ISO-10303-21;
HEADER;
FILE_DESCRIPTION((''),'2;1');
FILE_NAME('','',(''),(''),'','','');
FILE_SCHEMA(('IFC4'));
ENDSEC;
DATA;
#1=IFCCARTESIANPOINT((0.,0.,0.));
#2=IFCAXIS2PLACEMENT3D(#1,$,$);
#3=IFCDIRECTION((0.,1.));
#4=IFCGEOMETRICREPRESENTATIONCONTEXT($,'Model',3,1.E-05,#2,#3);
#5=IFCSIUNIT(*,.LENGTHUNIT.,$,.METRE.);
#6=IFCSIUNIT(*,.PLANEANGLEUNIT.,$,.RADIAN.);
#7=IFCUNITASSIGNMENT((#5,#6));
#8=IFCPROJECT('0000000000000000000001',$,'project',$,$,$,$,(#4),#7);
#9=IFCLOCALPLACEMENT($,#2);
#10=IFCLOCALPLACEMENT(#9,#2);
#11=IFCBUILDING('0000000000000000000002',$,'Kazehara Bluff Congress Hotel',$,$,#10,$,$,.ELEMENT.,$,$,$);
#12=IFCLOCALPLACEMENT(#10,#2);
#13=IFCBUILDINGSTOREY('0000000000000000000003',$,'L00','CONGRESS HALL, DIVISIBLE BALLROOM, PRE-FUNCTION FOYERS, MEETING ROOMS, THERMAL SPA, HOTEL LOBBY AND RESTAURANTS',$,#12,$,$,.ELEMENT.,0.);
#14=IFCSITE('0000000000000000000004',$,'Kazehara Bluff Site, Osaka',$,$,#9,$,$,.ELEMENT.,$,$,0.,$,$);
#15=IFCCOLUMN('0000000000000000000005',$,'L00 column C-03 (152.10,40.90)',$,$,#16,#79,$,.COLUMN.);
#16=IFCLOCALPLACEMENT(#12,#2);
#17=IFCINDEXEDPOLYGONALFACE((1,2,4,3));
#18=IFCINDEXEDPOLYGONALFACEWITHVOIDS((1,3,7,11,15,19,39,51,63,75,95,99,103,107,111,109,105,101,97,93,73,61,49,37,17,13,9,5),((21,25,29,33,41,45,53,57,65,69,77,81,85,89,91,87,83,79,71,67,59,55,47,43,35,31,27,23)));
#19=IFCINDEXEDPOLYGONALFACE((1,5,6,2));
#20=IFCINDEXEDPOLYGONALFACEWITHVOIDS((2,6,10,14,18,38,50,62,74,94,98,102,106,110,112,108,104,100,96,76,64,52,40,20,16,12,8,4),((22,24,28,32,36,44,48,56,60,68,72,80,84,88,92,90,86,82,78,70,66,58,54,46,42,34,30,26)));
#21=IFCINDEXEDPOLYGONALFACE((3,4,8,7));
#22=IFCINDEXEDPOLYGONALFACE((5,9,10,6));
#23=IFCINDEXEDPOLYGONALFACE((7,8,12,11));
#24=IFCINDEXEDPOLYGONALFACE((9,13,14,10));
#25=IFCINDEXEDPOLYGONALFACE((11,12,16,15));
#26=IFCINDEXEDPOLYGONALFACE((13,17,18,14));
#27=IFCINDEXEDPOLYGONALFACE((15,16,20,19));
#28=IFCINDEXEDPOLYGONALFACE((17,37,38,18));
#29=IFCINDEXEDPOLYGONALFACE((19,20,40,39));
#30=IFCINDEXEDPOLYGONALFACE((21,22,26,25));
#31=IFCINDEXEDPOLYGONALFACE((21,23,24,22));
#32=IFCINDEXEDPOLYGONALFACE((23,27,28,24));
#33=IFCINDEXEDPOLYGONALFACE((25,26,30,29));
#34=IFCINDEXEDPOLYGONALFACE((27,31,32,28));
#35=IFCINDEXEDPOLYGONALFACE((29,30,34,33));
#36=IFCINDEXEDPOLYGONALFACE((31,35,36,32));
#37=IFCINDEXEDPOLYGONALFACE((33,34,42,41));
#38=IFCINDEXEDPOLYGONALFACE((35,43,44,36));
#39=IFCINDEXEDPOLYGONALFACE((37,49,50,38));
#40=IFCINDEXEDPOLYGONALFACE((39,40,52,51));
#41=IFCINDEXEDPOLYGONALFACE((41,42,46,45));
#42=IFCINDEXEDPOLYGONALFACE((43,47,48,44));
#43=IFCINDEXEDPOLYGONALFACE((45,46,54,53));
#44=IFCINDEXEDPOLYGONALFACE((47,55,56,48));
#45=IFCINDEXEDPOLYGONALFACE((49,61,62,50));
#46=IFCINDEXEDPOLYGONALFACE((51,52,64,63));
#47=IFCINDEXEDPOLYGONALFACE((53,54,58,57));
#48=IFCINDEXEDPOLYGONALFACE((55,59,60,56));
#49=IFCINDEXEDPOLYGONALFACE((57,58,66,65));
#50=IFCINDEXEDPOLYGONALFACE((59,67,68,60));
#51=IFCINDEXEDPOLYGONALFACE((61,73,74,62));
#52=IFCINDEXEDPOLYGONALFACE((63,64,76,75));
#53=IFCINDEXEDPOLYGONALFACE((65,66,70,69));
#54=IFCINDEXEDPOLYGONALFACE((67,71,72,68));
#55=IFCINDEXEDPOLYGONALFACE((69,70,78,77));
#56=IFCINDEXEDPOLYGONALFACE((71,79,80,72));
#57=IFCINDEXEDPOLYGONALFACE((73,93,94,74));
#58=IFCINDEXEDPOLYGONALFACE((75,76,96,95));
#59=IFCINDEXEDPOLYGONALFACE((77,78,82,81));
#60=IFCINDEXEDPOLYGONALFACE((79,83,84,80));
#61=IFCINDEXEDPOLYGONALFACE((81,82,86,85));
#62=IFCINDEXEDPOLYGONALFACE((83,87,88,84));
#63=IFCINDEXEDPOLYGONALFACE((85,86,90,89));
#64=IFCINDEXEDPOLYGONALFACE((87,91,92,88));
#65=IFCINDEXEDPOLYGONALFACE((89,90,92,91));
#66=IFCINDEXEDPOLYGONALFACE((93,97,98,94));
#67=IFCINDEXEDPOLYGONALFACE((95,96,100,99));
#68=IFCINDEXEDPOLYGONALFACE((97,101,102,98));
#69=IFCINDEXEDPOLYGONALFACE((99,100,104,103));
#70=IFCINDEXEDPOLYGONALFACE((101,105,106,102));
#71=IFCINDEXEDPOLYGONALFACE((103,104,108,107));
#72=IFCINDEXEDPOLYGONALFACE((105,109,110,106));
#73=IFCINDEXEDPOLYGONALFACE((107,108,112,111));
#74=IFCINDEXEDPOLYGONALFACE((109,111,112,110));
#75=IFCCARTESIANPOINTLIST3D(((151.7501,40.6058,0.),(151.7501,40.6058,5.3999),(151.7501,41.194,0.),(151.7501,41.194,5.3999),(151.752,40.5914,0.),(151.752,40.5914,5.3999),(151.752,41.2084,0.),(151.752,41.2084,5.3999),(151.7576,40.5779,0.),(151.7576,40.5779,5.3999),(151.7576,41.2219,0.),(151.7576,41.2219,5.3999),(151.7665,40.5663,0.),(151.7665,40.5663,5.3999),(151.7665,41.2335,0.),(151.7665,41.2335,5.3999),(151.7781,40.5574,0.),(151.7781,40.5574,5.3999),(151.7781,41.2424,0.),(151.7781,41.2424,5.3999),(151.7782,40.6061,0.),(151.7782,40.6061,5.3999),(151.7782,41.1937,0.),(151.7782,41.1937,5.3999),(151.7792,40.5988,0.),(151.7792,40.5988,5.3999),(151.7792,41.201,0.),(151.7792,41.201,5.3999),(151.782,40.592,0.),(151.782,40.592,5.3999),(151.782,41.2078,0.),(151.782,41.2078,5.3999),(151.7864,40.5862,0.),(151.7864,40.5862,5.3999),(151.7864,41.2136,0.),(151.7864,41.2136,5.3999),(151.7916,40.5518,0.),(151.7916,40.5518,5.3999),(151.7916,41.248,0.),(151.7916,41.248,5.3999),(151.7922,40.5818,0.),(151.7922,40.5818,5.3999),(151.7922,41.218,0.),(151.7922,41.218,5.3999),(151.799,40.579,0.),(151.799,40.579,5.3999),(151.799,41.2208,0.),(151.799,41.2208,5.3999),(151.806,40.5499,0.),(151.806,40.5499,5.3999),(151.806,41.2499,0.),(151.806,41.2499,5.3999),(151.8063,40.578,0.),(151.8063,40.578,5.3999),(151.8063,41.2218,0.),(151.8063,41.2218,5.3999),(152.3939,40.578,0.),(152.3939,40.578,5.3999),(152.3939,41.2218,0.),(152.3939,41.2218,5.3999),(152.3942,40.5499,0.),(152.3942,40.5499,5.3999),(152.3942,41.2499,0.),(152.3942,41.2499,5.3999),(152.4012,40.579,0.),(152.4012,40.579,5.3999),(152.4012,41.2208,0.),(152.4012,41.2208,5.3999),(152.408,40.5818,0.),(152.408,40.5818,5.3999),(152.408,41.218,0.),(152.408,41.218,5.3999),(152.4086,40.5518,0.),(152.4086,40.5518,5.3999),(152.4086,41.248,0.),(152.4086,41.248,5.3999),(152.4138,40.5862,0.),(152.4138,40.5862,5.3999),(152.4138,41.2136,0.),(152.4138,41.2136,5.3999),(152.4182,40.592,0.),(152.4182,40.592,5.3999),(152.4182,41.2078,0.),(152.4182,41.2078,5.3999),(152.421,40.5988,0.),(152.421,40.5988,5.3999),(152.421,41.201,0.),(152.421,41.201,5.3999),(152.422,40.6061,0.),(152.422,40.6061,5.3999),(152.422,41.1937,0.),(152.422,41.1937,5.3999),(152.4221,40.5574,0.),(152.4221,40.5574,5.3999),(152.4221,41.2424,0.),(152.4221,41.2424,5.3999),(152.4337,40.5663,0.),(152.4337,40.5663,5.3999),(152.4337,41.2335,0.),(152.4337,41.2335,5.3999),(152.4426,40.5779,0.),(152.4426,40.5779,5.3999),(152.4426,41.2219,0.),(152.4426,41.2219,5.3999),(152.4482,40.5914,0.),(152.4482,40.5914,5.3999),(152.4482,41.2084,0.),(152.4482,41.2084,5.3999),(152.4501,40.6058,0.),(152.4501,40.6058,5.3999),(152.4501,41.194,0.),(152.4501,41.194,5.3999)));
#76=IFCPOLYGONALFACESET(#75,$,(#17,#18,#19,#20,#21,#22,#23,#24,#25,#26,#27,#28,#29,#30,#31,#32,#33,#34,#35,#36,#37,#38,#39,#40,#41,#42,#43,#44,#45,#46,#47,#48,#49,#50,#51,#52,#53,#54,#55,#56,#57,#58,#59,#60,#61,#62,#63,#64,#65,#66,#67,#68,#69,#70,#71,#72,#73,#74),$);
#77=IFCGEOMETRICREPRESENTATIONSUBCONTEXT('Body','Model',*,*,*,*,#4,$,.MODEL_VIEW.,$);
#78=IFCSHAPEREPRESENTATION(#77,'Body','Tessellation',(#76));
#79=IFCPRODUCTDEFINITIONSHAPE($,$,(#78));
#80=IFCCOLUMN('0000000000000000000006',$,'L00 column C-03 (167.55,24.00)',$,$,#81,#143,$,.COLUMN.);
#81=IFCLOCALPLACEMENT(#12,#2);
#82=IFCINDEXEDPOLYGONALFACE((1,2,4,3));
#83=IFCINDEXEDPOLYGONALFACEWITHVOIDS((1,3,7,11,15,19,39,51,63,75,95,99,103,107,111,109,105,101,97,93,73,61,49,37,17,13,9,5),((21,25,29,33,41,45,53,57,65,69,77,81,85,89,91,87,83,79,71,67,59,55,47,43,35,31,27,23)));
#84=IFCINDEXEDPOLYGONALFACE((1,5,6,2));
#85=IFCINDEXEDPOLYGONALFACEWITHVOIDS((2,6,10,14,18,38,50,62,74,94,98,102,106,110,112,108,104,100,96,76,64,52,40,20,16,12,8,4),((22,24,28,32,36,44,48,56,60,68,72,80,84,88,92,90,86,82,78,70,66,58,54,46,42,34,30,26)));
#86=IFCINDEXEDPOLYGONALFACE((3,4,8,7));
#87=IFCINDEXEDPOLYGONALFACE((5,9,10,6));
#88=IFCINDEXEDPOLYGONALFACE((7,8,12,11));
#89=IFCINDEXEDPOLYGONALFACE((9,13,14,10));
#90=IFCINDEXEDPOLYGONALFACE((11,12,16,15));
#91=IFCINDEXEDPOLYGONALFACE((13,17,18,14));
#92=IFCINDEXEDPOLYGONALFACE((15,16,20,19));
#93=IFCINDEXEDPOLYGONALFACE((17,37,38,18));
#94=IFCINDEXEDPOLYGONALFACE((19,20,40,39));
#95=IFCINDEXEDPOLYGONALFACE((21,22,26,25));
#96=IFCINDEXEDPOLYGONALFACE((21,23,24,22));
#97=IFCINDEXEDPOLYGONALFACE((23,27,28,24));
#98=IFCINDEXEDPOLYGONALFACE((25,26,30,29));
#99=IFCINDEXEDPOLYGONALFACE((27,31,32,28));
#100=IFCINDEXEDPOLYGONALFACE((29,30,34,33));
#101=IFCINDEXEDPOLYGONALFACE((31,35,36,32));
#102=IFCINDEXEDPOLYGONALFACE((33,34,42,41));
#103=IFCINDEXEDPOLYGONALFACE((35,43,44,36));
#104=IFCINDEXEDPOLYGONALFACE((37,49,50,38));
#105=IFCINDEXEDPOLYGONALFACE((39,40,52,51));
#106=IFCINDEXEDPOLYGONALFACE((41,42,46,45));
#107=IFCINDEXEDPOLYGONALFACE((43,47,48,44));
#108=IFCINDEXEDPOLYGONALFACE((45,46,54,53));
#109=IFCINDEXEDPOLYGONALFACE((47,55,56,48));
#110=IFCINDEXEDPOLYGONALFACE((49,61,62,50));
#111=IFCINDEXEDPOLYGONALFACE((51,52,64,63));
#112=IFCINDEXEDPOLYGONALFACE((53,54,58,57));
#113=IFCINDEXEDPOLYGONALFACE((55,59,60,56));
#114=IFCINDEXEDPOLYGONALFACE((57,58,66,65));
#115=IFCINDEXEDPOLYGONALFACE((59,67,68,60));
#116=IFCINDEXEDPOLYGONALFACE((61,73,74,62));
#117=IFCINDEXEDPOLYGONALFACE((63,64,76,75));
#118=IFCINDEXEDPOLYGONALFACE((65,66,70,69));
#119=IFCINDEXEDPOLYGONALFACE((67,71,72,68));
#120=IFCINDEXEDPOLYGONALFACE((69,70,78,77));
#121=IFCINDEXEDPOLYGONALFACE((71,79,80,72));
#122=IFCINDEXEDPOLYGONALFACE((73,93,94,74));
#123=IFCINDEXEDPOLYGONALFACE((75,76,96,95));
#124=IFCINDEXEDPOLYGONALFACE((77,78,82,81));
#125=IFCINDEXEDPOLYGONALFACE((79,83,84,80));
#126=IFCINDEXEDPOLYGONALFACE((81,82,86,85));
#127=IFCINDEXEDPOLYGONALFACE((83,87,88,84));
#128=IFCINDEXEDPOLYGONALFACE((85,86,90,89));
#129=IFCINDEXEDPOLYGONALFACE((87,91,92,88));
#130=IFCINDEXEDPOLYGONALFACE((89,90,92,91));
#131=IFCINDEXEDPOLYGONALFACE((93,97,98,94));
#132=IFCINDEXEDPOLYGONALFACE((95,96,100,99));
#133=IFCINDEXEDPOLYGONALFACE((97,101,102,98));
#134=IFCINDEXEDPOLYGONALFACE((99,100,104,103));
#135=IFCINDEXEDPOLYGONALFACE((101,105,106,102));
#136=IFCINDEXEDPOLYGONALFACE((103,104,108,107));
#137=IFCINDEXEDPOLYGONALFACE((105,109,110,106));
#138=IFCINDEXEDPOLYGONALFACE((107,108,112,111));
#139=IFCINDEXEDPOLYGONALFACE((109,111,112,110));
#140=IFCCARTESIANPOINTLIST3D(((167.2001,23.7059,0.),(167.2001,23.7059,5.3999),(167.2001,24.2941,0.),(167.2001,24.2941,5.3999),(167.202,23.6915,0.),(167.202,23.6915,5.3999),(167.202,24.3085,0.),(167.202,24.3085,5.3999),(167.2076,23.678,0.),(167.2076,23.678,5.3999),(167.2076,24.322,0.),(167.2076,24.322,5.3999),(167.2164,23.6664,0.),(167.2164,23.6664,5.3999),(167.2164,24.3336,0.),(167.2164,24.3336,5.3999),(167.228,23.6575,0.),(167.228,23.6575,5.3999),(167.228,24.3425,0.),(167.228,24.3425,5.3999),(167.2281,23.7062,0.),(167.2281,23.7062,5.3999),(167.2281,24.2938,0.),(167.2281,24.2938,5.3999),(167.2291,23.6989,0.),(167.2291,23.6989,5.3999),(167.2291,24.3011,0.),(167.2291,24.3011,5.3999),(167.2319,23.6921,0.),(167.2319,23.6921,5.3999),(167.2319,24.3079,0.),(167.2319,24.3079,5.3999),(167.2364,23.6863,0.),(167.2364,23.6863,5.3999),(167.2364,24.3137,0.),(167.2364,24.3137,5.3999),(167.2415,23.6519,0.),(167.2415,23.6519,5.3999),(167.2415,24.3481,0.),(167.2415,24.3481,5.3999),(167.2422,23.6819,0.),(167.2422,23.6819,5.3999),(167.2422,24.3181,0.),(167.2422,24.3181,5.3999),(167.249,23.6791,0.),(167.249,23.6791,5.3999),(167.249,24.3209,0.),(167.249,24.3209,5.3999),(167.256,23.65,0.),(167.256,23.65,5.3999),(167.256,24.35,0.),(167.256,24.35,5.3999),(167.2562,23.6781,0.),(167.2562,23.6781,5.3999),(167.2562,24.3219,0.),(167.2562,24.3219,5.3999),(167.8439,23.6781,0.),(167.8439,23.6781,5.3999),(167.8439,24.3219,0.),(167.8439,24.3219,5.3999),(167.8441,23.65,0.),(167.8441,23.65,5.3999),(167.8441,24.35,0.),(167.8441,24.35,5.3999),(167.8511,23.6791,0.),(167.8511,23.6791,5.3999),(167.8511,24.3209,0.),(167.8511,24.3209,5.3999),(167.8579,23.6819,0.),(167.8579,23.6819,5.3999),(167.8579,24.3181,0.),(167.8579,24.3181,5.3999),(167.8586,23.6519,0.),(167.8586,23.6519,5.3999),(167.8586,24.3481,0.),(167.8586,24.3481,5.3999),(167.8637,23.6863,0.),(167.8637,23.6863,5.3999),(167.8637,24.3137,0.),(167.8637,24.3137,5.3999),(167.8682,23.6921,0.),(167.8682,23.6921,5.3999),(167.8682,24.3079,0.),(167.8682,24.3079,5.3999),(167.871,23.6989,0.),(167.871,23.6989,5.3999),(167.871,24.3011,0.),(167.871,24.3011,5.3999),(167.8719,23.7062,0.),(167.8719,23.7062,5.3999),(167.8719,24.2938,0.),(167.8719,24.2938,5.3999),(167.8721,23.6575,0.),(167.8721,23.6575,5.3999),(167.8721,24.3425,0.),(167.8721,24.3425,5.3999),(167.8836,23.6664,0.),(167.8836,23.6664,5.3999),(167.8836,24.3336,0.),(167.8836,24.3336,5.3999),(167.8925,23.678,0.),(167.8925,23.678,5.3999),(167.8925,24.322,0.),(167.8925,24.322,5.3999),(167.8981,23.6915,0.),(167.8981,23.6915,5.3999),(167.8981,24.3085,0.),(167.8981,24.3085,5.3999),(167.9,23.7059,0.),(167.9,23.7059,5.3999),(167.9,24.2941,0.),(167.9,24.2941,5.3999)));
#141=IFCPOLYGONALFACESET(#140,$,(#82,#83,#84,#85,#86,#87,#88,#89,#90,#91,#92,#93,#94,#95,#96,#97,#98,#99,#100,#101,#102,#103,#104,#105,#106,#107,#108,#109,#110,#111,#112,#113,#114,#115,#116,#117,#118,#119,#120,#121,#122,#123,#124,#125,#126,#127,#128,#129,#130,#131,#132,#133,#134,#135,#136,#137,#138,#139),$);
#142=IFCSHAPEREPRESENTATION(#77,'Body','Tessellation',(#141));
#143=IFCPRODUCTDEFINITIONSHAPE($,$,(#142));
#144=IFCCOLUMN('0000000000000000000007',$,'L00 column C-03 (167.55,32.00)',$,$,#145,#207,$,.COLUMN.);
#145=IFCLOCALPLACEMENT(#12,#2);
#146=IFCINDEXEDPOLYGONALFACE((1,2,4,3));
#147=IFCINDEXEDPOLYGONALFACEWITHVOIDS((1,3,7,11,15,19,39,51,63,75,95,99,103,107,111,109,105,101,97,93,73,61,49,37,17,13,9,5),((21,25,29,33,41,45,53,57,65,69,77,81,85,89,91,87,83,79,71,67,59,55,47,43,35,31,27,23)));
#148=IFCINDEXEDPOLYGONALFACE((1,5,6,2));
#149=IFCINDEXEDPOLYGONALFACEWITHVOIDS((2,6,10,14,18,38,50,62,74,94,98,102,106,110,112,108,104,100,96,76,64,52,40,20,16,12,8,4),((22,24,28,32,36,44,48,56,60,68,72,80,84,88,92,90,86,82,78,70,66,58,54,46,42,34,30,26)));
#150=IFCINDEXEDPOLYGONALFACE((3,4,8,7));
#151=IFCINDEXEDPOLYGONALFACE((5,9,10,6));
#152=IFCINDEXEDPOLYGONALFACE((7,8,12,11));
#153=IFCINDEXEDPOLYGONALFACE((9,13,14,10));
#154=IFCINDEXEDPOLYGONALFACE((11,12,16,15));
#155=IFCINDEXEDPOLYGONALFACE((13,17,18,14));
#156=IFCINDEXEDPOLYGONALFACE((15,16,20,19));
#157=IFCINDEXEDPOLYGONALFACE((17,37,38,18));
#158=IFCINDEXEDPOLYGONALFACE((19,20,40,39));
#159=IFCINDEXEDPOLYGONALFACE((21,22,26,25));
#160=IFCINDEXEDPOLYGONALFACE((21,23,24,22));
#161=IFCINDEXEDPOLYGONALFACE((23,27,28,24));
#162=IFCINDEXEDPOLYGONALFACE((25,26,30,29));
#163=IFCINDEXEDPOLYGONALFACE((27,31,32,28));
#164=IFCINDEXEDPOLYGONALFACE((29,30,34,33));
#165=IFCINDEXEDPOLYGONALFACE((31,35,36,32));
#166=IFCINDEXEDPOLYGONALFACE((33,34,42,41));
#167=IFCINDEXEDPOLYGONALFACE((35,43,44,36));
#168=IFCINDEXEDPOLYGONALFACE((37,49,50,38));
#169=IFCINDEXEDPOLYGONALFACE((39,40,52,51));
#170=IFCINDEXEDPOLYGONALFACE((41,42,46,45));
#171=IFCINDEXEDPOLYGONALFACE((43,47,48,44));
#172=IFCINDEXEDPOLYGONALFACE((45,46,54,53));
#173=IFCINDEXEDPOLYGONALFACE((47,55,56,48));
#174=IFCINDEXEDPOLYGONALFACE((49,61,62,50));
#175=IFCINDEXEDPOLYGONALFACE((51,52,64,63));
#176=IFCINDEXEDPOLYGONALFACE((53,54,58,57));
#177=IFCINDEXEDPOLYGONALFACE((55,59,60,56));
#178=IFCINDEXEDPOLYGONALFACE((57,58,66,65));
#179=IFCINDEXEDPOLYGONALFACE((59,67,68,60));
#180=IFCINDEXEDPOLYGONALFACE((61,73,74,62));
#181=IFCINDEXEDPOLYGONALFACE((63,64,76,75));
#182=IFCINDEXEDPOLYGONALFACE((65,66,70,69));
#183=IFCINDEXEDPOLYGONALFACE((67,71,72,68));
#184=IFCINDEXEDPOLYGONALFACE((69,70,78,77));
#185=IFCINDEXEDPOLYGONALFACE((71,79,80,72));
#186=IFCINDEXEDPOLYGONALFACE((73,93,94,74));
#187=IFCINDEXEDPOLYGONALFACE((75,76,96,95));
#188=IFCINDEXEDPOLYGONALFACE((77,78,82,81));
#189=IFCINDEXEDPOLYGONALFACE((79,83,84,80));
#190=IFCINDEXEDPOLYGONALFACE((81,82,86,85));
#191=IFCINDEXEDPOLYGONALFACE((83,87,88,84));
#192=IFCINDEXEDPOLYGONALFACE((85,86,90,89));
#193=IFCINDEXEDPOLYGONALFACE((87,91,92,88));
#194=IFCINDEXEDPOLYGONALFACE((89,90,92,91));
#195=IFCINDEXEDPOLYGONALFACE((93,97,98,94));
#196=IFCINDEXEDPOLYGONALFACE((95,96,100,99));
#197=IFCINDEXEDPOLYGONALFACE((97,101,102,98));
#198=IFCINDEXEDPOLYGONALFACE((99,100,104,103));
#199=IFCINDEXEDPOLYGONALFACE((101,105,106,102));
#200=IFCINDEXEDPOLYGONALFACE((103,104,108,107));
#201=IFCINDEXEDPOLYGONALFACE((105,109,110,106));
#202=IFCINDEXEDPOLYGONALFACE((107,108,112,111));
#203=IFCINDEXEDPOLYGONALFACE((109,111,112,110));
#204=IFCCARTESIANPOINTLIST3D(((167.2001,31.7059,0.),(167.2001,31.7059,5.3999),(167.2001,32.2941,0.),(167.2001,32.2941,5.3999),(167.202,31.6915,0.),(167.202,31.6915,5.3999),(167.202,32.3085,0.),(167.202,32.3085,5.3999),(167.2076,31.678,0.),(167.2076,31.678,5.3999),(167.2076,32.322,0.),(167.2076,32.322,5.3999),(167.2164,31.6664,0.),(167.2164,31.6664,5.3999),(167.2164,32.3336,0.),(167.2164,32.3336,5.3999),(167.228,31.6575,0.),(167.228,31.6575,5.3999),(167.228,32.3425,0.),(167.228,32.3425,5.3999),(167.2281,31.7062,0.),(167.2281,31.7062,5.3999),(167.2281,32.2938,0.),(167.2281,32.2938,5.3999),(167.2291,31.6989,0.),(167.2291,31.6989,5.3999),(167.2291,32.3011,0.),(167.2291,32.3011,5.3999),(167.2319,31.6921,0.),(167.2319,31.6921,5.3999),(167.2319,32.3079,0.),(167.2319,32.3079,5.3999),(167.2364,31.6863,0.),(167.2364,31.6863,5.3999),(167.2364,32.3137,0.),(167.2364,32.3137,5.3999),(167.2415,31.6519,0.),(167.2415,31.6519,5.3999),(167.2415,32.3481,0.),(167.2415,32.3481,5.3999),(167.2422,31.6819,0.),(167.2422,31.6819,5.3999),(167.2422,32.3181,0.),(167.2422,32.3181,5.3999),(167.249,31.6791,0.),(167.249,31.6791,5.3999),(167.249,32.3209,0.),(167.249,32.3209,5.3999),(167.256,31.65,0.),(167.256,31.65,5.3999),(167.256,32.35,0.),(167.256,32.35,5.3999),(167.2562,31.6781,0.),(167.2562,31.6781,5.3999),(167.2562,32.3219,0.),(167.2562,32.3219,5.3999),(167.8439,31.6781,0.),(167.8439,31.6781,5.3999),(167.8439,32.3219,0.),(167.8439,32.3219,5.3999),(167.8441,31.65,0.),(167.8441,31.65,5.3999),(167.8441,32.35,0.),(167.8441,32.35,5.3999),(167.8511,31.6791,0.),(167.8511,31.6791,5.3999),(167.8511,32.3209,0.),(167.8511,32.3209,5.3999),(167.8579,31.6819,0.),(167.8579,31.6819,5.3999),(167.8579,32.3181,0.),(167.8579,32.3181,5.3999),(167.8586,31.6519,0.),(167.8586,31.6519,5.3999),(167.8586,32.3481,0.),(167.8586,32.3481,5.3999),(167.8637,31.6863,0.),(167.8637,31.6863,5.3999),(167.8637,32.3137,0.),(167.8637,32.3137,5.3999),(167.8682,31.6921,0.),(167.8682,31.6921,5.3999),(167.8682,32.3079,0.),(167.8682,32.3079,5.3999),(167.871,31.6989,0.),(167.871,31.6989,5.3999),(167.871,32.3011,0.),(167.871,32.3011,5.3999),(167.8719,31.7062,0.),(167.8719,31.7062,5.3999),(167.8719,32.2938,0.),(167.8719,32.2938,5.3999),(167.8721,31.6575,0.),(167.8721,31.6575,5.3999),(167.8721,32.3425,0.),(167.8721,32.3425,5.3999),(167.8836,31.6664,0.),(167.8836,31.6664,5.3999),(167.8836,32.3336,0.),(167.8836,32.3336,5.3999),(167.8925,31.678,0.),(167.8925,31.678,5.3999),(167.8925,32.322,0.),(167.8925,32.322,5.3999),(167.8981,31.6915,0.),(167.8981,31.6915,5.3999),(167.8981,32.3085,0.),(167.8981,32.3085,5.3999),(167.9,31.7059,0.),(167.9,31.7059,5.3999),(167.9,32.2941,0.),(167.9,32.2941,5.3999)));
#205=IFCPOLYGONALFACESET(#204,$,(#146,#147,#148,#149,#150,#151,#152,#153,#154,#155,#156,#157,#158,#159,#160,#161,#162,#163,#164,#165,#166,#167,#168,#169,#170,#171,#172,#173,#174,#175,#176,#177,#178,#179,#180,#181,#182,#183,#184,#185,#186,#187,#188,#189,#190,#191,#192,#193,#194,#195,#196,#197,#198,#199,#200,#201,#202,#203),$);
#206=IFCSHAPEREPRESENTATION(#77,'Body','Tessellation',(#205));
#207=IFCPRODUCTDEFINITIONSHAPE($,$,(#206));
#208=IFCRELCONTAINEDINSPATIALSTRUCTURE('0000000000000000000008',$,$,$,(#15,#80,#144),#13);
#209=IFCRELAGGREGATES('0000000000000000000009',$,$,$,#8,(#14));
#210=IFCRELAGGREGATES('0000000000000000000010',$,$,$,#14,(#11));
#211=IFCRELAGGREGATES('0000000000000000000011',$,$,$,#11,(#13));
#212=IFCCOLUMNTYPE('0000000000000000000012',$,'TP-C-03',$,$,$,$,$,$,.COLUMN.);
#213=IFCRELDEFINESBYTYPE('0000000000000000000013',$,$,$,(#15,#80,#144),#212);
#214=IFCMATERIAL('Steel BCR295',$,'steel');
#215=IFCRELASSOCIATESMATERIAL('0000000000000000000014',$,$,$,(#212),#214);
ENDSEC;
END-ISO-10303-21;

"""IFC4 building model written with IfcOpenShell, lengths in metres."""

from ifc_helpers import new_model, si_unit, direction, frame, origin, origin_2d, place, context, subcontext, project, spatial, hollow_rectangle, extrude, material, material_profile, profile_set, type_object, element, save


model = new_model("IFC4")

# Units and contexts
model_context = context("Model", 3, precision=1e-05, world=origin(), true_north=direction((0.0, 1.0)))
body_context = subcontext(model_context, "Body", "Model", "MODEL_VIEW")
ifc_project = project(units=[si_unit("LENGTHUNIT", "METRE"), si_unit("PLANEANGLEUNIT", "RADIAN")], contexts=[model_context])

# Site, building, storey
site_placement = place(None, origin())
site = spatial("IfcSite", under=ifc_project, at=site_placement, Name="Kazehara Bluff Site, Osaka", CompositionType="ELEMENT", RefElevation=0.0)
building_placement = place(site_placement, origin())
building = spatial("IfcBuilding", under=site, at=building_placement, Name="Kazehara Bluff Congress Hotel", CompositionType="ELEMENT")
storey_placement = place(building_placement, origin())
storey = spatial("IfcBuildingStorey", under=building, at=storey_placement, Name="L00", Description="CONGRESS HALL, DIVISIBLE BALLROOM, PRE-FUNCTION FOYERS, MEETING ROOMS, THERMAL SPA, HOTEL LOBBY AND RESTAURANTS", CompositionType="ELEMENT", Elevation=0.0)

# Columns
ifc_material_1 = material(Name="Steel BCR295", Category="steel")
ifc_material_profile_1 = material_profile(ifc_material_1, hollow_rectangle(XDim=0.7, YDim=0.7, WallThickness=0.0281, InnerFilletRadius=0.0281, OuterFilletRadius=0.0559, at=origin_2d()))
ifc_profile_set_1 = profile_set([ifc_material_profile_1], Name="Steel BCR295")
column_type_1 = type_object("IfcColumnType", Name="TP-C-03", PredefinedType="COLUMN", material=ifc_profile_set_1)
for number, where, z_axis, x_axis, name in (
    (1, (152.1001, 40.8999, 0.0), (0.0, 0.0, 1.0), (1.0, 0.0, 0.0), "L00 column C-03 (152.10,40.90)"),
    (2, (167.55, 24.0, 0.0), (0.0, 0.0, 1.0), (1.0, 0.0, 0.0), "L00 column C-03 (167.55,24.00)"),
    (3, (167.55, 32.0, 0.0), (0.0, 0.0, 1.0), (1.0, 0.0, 0.0), "L00 column C-03 (167.55,32.00)"),
):
    element("IfcColumn", number, at=place(storey_placement, frame(where, z_axis=z_axis, x_axis=x_axis)), inside=storey, type_object=column_type_1, Name=name, PredefinedType="COLUMN", context=body_context, shape_type="SweptSolid", body=[
        extrude(hollow_rectangle(XDim=0.7, YDim=0.7, WallThickness=0.0281, InnerFilletRadius=0.0281, OuterFilletRadius=0.0559, at=origin_2d()), origin(), (0.0, 0.0, 1.0), 5.3999),
    ])

save(model, "model.ifc")
